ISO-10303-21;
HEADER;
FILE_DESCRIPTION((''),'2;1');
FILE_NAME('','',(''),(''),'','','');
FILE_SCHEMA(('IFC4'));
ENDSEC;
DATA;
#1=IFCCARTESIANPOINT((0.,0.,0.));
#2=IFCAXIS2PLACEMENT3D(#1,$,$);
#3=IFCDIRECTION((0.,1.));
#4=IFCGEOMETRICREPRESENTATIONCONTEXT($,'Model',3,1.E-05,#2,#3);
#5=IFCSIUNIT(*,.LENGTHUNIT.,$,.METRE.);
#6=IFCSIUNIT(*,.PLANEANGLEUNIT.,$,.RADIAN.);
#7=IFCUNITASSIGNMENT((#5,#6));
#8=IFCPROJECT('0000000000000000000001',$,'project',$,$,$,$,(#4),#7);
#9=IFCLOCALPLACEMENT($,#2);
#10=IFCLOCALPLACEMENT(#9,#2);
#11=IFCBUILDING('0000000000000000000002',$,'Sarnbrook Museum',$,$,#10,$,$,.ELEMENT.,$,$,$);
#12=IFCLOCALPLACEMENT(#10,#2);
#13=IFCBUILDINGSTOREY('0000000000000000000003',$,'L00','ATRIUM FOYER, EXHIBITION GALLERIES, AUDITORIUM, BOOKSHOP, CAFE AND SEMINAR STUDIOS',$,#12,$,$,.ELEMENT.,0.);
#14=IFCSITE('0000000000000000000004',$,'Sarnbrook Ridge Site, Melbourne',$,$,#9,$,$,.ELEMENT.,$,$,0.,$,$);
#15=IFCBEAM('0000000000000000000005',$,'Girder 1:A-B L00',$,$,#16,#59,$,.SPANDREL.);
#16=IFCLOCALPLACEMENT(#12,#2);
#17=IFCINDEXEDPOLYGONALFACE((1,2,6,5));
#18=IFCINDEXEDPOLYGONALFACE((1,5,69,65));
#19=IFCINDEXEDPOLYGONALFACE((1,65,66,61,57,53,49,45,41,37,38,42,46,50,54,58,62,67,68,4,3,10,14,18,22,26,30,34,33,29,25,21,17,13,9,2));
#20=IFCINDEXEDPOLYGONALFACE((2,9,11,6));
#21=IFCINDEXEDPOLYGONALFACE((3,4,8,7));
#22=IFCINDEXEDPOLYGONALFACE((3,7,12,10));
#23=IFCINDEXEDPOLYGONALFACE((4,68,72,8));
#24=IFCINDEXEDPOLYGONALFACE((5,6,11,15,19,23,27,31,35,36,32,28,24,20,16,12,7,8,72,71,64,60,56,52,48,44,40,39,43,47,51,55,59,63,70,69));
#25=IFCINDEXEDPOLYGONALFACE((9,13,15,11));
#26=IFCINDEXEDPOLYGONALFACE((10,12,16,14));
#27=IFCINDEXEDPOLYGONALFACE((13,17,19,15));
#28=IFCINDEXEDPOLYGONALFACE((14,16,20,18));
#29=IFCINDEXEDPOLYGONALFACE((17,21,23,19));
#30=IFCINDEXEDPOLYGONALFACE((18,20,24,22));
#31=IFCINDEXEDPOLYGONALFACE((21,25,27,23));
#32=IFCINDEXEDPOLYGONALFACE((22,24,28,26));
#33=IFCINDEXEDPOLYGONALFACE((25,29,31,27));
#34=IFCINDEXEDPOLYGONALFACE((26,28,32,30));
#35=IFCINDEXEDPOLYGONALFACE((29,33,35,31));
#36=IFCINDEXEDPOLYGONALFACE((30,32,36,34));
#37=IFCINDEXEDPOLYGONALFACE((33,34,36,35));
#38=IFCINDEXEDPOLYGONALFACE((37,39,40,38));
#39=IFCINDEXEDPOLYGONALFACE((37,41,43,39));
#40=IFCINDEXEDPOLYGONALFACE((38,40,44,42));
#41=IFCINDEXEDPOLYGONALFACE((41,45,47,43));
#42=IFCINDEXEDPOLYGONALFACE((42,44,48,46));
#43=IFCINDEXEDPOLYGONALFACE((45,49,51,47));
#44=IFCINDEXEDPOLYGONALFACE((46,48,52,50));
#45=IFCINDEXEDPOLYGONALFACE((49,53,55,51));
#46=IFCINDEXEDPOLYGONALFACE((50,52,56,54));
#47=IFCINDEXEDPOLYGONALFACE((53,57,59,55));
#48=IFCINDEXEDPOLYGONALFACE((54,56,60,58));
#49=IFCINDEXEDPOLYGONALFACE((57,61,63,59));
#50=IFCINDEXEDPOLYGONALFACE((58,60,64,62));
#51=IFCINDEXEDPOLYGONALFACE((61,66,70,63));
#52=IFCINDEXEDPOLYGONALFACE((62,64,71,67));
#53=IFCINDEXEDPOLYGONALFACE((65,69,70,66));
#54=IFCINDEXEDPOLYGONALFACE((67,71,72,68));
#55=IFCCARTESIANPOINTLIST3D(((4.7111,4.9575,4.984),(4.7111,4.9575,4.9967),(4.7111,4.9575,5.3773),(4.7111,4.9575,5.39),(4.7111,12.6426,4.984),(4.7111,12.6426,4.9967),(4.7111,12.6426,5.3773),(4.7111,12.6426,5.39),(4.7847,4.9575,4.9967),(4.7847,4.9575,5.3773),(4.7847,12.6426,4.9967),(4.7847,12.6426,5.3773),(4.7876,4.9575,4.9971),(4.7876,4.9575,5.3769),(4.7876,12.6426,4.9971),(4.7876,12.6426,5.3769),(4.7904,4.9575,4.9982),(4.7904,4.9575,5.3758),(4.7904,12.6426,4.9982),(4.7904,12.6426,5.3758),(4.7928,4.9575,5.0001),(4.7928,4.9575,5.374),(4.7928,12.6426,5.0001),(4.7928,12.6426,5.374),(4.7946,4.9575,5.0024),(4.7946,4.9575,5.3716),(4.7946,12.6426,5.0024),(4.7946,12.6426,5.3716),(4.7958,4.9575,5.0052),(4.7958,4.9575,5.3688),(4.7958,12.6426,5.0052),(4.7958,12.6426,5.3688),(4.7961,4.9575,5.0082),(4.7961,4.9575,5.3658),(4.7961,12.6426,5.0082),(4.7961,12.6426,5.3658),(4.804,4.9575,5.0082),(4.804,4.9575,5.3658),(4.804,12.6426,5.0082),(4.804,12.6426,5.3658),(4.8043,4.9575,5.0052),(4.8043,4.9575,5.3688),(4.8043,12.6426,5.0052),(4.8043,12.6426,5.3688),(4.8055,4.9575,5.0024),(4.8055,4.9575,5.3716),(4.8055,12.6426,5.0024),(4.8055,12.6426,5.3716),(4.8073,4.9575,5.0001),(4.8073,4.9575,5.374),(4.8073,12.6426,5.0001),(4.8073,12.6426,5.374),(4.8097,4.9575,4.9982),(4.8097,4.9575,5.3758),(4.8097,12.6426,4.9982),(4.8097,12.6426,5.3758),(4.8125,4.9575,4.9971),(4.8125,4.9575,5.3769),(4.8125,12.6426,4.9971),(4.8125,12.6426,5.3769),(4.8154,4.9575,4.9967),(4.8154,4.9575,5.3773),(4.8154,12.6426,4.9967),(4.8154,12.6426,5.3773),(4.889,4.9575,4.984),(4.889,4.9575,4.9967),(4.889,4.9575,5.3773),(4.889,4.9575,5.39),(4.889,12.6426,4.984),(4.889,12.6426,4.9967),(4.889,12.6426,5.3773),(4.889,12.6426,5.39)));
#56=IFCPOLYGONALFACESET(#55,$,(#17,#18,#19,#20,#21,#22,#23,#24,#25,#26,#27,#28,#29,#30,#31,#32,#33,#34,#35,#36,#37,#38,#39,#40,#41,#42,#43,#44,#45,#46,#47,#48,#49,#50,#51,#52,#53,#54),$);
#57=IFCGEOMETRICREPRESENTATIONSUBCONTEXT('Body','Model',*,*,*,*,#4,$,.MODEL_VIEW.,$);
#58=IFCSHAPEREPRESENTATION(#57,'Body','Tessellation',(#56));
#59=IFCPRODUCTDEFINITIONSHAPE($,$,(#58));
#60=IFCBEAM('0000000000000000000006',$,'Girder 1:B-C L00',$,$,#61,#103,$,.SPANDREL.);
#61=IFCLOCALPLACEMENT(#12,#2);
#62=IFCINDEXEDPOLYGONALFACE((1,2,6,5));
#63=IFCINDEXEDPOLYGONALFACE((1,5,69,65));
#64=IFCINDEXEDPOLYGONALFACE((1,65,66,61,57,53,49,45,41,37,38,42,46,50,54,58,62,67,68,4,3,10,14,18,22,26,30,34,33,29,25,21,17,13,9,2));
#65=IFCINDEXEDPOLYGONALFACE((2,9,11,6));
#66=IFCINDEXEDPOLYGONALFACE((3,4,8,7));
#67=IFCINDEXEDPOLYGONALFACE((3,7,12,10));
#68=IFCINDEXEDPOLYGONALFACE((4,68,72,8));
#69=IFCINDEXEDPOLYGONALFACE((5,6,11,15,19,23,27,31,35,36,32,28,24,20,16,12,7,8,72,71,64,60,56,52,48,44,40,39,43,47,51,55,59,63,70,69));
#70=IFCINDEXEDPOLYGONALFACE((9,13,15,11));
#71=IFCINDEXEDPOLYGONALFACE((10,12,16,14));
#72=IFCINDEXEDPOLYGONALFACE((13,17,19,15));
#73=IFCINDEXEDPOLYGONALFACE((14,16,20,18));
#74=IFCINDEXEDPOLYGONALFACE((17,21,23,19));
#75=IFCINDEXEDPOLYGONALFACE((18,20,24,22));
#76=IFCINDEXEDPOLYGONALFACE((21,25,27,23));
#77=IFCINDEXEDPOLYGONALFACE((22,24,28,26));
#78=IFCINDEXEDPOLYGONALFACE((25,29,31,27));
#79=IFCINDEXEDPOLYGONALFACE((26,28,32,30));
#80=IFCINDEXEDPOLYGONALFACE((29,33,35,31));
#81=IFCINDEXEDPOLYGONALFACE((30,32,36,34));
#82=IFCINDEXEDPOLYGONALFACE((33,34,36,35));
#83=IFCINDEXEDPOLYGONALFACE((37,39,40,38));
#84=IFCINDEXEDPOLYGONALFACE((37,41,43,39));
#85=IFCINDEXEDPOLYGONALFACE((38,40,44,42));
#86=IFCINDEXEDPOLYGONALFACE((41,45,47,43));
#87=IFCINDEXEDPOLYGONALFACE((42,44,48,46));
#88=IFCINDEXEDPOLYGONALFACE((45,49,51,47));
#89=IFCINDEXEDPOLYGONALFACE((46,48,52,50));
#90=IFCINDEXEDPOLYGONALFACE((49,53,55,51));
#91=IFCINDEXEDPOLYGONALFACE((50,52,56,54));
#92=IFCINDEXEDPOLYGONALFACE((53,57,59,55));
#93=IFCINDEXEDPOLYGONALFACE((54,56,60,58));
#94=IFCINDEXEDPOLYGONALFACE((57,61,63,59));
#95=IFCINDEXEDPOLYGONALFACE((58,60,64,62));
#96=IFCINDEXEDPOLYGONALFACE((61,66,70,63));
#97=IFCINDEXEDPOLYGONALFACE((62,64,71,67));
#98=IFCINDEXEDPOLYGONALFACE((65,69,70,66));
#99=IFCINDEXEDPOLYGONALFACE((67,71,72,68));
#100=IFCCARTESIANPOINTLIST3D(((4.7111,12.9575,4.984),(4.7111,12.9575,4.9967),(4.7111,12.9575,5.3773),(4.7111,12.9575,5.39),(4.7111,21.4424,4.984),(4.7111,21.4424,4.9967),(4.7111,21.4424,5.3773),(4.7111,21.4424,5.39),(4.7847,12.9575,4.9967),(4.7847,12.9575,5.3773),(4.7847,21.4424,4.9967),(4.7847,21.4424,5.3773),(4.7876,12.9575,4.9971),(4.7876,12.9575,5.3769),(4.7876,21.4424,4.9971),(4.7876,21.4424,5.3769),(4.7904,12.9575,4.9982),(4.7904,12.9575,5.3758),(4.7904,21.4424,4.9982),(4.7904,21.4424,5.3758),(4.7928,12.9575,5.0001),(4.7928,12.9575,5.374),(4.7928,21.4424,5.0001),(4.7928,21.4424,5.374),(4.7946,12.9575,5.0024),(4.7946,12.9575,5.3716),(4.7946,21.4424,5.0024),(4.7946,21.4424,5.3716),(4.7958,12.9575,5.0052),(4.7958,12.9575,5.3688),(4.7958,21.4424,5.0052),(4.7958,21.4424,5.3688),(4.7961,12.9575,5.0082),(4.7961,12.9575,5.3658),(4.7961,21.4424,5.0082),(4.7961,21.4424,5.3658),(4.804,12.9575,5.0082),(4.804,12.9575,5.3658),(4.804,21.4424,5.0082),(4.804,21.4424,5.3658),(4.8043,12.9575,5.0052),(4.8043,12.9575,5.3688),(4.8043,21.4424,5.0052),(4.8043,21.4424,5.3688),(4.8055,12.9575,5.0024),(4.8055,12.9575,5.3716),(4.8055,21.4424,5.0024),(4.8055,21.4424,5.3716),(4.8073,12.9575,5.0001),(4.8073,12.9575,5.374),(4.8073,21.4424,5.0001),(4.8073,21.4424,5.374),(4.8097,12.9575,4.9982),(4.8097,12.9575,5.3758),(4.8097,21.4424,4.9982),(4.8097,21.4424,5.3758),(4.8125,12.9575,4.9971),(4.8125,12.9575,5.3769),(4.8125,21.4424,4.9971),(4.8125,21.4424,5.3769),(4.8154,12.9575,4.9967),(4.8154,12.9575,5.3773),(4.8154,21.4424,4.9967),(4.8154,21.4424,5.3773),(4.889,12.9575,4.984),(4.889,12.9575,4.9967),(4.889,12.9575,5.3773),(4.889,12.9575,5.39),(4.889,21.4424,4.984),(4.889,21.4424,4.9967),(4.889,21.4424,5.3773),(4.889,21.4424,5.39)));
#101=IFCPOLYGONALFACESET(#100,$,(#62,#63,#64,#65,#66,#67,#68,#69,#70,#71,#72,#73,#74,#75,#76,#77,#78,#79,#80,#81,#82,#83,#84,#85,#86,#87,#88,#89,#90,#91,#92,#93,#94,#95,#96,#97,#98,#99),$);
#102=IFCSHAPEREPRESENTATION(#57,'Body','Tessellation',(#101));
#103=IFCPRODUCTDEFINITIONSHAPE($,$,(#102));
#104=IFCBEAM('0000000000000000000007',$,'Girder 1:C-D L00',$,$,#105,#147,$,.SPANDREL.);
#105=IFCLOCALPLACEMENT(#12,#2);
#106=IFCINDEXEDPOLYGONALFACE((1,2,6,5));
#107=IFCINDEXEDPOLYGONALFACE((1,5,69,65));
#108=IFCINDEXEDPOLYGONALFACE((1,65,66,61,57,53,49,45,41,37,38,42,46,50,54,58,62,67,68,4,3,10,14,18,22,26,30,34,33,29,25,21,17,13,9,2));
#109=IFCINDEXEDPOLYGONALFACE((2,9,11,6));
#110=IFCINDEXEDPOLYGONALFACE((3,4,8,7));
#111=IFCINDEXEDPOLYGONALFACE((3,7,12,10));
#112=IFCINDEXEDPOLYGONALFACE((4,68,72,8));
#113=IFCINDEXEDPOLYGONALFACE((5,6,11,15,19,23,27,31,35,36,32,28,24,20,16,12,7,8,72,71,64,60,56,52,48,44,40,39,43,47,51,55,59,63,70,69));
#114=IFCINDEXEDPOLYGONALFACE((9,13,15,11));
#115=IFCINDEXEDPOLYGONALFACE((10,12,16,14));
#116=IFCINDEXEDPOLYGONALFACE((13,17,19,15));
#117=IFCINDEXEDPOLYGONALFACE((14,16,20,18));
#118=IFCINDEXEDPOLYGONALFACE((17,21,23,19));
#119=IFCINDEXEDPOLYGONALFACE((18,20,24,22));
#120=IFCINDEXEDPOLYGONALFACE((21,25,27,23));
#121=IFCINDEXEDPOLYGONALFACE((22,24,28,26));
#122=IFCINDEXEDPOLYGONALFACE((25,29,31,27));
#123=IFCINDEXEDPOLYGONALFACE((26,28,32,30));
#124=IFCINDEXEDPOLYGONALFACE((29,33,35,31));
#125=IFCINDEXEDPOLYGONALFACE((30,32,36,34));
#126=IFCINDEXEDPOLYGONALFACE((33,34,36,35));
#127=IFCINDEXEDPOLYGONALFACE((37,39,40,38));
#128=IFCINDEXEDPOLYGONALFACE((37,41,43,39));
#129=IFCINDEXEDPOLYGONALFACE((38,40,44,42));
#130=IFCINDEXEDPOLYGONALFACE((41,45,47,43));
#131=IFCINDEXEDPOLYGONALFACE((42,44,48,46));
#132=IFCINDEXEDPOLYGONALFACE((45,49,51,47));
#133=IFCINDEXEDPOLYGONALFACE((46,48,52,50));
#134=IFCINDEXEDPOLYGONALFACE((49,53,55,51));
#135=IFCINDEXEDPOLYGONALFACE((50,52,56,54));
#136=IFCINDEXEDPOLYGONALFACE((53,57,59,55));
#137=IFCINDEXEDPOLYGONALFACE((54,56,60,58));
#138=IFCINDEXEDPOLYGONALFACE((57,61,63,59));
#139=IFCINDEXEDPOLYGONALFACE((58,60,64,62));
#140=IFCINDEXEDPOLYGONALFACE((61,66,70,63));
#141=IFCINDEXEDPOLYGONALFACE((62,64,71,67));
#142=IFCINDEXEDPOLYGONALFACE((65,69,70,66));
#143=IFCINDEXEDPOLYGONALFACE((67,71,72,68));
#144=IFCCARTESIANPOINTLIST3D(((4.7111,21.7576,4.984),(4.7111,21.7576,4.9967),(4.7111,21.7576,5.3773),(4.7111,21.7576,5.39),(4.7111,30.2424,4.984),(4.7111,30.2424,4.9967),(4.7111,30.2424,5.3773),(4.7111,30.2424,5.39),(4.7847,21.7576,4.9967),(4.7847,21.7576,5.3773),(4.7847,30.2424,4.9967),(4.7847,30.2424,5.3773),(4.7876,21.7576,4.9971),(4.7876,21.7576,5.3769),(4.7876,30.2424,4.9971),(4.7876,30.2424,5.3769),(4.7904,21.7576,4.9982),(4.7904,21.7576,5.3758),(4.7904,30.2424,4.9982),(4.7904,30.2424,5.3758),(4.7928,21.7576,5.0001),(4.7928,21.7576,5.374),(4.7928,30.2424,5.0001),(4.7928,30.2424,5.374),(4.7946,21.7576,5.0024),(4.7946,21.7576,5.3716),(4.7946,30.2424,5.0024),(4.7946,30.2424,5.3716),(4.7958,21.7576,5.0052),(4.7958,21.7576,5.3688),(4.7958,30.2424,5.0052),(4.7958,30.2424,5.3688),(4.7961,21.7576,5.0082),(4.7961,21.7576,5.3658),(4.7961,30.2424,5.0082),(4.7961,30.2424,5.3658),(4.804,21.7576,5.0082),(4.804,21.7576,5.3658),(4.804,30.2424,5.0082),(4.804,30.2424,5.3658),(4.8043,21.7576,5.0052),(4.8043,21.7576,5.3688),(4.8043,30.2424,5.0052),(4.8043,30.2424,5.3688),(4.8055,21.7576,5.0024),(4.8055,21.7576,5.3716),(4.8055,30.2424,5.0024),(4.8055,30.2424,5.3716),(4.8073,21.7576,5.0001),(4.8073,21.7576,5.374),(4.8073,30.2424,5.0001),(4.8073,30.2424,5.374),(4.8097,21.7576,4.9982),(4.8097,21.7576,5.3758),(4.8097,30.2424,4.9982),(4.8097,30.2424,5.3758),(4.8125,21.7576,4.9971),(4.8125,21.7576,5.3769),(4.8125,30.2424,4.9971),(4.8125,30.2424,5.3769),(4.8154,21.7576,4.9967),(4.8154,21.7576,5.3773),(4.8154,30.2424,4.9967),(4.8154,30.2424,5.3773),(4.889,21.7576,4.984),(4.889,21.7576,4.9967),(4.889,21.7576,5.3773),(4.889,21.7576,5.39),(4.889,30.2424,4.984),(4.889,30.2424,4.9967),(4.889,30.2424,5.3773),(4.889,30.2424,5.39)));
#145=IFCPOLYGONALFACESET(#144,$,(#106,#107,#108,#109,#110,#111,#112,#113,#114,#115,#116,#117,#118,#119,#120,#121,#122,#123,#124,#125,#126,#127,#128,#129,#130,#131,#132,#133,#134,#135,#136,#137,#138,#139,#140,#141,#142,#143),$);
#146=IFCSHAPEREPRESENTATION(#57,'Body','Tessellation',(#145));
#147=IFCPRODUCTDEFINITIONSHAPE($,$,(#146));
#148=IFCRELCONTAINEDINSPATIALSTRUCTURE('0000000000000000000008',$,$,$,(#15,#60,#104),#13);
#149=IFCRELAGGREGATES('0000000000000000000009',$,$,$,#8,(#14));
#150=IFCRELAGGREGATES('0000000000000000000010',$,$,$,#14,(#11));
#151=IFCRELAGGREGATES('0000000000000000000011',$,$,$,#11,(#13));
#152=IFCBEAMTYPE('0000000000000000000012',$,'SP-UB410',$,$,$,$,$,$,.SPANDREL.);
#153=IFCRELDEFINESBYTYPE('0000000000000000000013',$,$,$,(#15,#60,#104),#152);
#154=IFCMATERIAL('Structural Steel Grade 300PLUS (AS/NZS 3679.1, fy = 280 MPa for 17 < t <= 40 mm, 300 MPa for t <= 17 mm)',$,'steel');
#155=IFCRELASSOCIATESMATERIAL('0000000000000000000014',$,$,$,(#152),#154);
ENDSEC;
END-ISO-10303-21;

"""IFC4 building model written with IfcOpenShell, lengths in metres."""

from ifc_helpers import new_model, si_unit, direction, frame, origin, origin_2d, place, context, subcontext, project, spatial, i_section, extrude, material, material_profile, profile_set, type_object, element, save


model = new_model("IFC4")

# Units and contexts
model_context = context("Model", 3, precision=1e-05, world=origin(), true_north=direction((0.0, 1.0)))
body_context = subcontext(model_context, "Body", "Model", "MODEL_VIEW")
ifc_project = project(units=[si_unit("LENGTHUNIT", "METRE"), si_unit("PLANEANGLEUNIT", "RADIAN")], contexts=[model_context])

# Site, building, storey
site_placement = place(None, origin())
site = spatial("IfcSite", under=ifc_project, at=site_placement, Name="Sarnbrook Ridge Site, Melbourne", CompositionType="ELEMENT", RefElevation=0.0)
building_placement = place(site_placement, origin())
building = spatial("IfcBuilding", under=site, at=building_placement, Name="Sarnbrook Museum", CompositionType="ELEMENT")
storey_placement = place(building_placement, origin())
storey = spatial("IfcBuildingStorey", under=building, at=storey_placement, Name="L00", Description="ATRIUM FOYER, EXHIBITION GALLERIES, AUDITORIUM, BOOKSHOP, CAFE AND SEMINAR STUDIOS", CompositionType="ELEMENT", Elevation=0.0)

# Shared definitions
ifc_material_1 = material(Name="Structural Steel Grade 300PLUS (AS/NZS 3679.1, fy = 280 MPa for 17 < t <= 40 mm, 300 MPa for t <= 17 mm)", Category="steel")

# Beams
ifc_material_profile_1 = material_profile(ifc_material_1, i_section(OverallWidth=0.178, OverallDepth=0.406, WebThickness=0.0078, FlangeThickness=0.0127, FilletRadius=0.0115, at=origin_2d()), Name="410UB59.7")
ifc_profile_set_1 = profile_set([ifc_material_profile_1], Name="Structural Steel Grade 300PLUS (AS/NZS 3679.1, fy = 280 MPa for 17 < t <= 40 mm, 300 MPa for t <= 17 mm)")
beam_type_1 = type_object("IfcBeamType", Name="SP-UB410", PredefinedType="SPANDREL", material=ifc_profile_set_1)
beam_1_placement = place(storey_placement, frame((4.8, 4.9575, 5.187), z_axis=(0.0, 1.0, 0.0), x_axis=(-1.0, 0.0, 0.0)))
element("IfcBeam", 1, at=beam_1_placement, inside=storey, type_object=beam_type_1, Name="Girder 1:A-B L00", PredefinedType="SPANDREL", context=body_context, shape_type="SweptSolid", body=[
    extrude(i_section(OverallWidth=0.178, OverallDepth=0.406, WebThickness=0.0078, FlangeThickness=0.0127, FilletRadius=0.0115, at=origin_2d()), origin(), (0.0, 0.0, 1.0), 7.6851),
])
for number, where, z_axis, x_axis, name in (
    (2, (4.8, 12.9575, 5.187), (0.0, 1.0, 0.0), (-1.0, 0.0, 0.0), "Girder 1:B-C L00"),
    (3, (4.8, 21.7576, 5.187), (0.0, 1.0, 0.0), (-1.0, 0.0, 0.0), "Girder 1:C-D L00"),
):
    element("IfcBeam", number, at=place(storey_placement, frame(where, z_axis=z_axis, x_axis=x_axis)), inside=storey, type_object=beam_type_1, Name=name, PredefinedType="SPANDREL", context=body_context, shape_type="SweptSolid", body=[
        extrude(i_section(OverallWidth=0.178, OverallDepth=0.406, WebThickness=0.0078, FlangeThickness=0.0127, FilletRadius=0.0115, at=origin_2d()), origin(), (0.0, 0.0, 1.0), 8.4849),
    ])

save(model, "model.ifc")
